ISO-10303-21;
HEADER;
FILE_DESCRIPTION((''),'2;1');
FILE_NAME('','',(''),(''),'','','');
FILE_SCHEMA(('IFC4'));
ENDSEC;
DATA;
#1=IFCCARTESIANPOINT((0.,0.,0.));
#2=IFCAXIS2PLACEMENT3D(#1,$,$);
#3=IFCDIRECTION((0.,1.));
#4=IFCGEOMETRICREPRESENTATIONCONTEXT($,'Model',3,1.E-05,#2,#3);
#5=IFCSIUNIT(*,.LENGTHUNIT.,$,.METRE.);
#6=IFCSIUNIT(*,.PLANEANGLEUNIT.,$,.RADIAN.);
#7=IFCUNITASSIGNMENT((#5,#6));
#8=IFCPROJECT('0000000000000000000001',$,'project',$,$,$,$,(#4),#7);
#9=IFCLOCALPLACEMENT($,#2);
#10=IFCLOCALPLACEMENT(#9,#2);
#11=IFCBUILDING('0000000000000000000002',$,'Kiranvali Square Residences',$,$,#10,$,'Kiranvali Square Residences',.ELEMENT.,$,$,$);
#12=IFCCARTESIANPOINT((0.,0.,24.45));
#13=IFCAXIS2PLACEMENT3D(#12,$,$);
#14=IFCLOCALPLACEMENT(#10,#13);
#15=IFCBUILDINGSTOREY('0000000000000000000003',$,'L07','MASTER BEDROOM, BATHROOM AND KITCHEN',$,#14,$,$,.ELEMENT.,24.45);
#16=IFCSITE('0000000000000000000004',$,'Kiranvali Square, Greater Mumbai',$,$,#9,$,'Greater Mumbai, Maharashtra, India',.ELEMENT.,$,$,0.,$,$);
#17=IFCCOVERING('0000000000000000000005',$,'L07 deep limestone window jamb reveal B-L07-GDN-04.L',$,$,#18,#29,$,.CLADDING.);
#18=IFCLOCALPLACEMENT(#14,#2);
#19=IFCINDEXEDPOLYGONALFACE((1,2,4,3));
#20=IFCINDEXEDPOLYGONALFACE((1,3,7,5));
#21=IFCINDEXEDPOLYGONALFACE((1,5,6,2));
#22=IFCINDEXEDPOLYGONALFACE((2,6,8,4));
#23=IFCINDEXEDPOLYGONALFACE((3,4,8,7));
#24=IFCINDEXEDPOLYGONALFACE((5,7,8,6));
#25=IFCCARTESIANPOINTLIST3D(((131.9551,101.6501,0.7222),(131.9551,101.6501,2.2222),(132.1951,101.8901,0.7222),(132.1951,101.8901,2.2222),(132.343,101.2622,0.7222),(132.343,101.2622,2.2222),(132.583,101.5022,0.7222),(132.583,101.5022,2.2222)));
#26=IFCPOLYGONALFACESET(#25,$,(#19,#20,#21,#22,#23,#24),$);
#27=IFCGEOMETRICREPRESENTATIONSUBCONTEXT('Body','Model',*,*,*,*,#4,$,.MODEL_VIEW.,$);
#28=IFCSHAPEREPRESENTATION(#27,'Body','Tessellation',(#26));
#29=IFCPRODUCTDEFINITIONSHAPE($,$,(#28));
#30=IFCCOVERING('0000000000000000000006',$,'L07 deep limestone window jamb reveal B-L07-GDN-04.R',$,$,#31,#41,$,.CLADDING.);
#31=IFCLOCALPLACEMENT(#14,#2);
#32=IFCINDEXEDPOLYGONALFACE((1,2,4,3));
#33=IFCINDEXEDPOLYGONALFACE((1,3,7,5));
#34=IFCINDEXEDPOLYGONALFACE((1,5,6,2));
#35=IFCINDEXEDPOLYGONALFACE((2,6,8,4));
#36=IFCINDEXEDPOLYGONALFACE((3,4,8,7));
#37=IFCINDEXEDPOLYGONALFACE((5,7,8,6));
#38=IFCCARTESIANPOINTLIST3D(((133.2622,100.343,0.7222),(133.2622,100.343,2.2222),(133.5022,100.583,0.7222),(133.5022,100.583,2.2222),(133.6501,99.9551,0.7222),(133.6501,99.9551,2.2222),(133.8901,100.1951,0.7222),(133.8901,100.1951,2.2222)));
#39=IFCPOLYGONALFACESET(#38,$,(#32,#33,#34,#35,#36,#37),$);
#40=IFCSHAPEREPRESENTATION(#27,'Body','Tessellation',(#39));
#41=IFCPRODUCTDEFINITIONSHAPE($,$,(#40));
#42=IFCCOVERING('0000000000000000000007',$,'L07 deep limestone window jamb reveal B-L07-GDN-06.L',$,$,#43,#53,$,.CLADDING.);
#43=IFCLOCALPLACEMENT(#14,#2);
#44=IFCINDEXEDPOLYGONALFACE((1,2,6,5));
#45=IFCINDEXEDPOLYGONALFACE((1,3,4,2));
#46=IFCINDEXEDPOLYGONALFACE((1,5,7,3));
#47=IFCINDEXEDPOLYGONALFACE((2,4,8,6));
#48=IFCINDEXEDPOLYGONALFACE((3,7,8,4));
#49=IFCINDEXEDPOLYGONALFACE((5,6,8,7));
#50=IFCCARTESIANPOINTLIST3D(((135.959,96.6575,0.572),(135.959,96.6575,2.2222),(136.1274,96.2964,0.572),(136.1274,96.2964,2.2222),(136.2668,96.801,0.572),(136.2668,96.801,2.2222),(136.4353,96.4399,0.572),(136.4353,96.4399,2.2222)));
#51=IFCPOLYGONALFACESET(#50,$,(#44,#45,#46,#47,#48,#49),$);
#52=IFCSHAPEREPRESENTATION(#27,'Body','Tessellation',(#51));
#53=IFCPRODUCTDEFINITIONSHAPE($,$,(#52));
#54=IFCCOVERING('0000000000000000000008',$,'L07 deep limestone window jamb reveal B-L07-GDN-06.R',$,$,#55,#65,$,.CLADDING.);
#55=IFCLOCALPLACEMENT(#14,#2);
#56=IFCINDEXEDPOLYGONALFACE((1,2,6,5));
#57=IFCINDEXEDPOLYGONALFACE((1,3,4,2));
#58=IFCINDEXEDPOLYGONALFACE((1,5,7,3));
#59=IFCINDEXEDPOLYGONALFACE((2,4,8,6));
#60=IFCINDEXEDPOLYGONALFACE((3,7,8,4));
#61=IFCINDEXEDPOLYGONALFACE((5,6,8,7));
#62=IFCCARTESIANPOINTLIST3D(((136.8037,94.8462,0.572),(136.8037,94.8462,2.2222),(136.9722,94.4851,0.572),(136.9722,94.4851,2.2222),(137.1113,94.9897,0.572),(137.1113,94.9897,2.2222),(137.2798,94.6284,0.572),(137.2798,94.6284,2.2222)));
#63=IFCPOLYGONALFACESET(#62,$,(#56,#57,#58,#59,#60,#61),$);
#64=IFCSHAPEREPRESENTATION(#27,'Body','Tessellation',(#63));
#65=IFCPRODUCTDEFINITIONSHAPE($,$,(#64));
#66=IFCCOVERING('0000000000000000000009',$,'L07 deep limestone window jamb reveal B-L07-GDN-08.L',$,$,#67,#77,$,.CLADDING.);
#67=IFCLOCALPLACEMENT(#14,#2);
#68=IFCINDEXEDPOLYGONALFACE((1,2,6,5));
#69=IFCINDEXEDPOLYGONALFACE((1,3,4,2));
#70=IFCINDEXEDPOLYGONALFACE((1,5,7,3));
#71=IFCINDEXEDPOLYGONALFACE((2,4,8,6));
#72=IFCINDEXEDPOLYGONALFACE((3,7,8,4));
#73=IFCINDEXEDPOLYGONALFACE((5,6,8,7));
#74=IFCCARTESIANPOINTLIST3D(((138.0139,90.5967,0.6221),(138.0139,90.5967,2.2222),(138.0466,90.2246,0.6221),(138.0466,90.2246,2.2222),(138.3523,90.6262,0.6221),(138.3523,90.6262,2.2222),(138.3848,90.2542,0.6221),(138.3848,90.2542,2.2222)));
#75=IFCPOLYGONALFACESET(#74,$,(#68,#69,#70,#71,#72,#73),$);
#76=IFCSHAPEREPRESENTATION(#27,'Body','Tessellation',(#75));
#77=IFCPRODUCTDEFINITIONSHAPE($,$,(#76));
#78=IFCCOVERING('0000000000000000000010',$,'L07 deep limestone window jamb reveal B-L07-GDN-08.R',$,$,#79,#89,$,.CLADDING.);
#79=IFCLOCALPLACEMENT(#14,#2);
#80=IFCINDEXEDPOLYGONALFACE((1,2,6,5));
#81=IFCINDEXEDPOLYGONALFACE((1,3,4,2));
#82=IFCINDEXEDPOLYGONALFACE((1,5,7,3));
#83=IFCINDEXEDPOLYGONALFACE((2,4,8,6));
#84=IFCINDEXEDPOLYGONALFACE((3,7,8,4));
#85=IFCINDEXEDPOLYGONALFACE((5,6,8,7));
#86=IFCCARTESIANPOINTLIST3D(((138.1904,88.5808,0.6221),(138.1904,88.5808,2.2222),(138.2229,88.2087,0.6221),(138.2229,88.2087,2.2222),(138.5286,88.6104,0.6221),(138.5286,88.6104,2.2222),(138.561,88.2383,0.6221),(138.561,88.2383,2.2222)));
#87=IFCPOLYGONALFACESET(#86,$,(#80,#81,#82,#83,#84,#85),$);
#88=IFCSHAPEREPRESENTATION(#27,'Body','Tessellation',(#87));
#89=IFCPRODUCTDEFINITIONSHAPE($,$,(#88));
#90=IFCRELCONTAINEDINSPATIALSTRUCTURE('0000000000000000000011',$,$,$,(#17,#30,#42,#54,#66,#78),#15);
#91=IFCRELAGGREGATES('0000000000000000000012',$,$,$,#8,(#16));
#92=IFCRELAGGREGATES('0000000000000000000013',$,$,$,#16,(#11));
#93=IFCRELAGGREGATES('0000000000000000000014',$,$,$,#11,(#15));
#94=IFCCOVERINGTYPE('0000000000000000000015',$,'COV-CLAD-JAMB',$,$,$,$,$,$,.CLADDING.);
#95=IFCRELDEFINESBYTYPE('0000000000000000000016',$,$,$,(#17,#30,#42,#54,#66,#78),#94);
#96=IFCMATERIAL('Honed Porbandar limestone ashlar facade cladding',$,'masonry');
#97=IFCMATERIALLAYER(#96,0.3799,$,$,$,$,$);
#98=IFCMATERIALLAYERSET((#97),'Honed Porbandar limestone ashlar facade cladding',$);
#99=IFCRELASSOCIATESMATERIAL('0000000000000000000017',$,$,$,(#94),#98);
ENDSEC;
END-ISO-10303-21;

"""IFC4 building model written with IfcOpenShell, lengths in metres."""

from ifc_helpers import new_model, si_unit, direction, frame, origin, place, context, subcontext, project, spatial, polyline, outline, extrude, material, layer, layer_set, type_object, element, save


model = new_model("IFC4")

# Units and contexts
model_context = context("Model", 3, precision=1e-05, world=origin(), true_north=direction((0.0, 1.0)))
body_context = subcontext(model_context, "Body", "Model", "MODEL_VIEW")
ifc_project = project(units=[si_unit("LENGTHUNIT", "METRE"), si_unit("PLANEANGLEUNIT", "RADIAN")], contexts=[model_context])

# Site, building, storey
site_placement = place(None, origin())
site = spatial("IfcSite", under=ifc_project, at=site_placement, Name="Kiranvali Square, Greater Mumbai", LongName="Greater Mumbai, Maharashtra, India", CompositionType="ELEMENT", RefElevation=0.0)
building_placement = place(site_placement, origin())
building = spatial("IfcBuilding", under=site, at=building_placement, Name="Kiranvali Square Residences", LongName="Kiranvali Square Residences", CompositionType="ELEMENT")
storey_placement = place(building_placement, frame((0.0, 0.0, 24.45)))
storey = spatial("IfcBuildingStorey", under=building, at=storey_placement, Name="L07", Description="MASTER BEDROOM, BATHROOM AND KITCHEN", CompositionType="ELEMENT", Elevation=24.45)

# Coverings
ifc_material = material(Name="Honed Porbandar limestone ashlar facade cladding", Category="masonry")
ifc_layer = layer(ifc_material, 0.3799)
ifc_layer_set = layer_set([ifc_layer], Name="Honed Porbandar limestone ashlar facade cladding")
covering_type = type_object("IfcCoveringType", Name="COV-CLAD-JAMB", PredefinedType="CLADDING", material=ifc_layer_set)
covering_1_placement = place(storey_placement, frame((0.0, 0.0, 0.7222)))
element("IfcCovering", 1, at=covering_1_placement, inside=storey, type_object=covering_type, Name="L07 deep limestone window jamb reveal B-L07-GDN-04.L", PredefinedType="CLADDING", context=body_context, shape_type="SweptSolid", body=[
    extrude(outline(polyline([(131.9551, 101.6501), (132.343, 101.2622), (132.583, 101.5022), (132.1951, 101.8901), (131.9551, 101.6501)])), origin(), (0.0, 0.0, 1.0), 1.5),
])
covering_2_placement = place(storey_placement, frame((0.0, 0.0, 0.7222)))
element("IfcCovering", 2, at=covering_2_placement, inside=storey, type_object=covering_type, Name="L07 deep limestone window jamb reveal B-L07-GDN-04.R", PredefinedType="CLADDING", context=body_context, shape_type="SweptSolid", body=[
    extrude(outline(polyline([(133.2622, 100.343), (133.6501, 99.9551), (133.8901, 100.1951), (133.5022, 100.583), (133.2622, 100.343)])), origin(), (0.0, 0.0, 1.0), 1.5),
])
covering_3_placement = place(storey_placement, frame((0.0, 0.0, 0.572)))
element("IfcCovering", 3, at=covering_3_placement, inside=storey, type_object=covering_type, Name="L07 deep limestone window jamb reveal B-L07-GDN-06.L", PredefinedType="CLADDING", context=body_context, shape_type="SweptSolid", body=[
    extrude(outline(polyline([(135.959, 96.6575), (136.1274, 96.2964), (136.4353, 96.4399), (136.2668, 96.801), (135.959, 96.6575)])), origin(), (0.0, 0.0, 1.0), 1.6501),
])
covering_4_placement = place(storey_placement, frame((0.0, 0.0, 0.572)))
element("IfcCovering", 4, at=covering_4_placement, inside=storey, type_object=covering_type, Name="L07 deep limestone window jamb reveal B-L07-GDN-06.R", PredefinedType="CLADDING", context=body_context, shape_type="SweptSolid", body=[
    extrude(outline(polyline([(136.8037, 94.8462), (136.9722, 94.4851), (137.2798, 94.6284), (137.1113, 94.9897), (136.8037, 94.8462)])), origin(), (0.0, 0.0, 1.0), 1.6501),
])
covering_5_placement = place(storey_placement, frame((0.0, 0.0, 0.6221)))
element("IfcCovering", 5, at=covering_5_placement, inside=storey, type_object=covering_type, Name="L07 deep limestone window jamb reveal B-L07-GDN-08.L", PredefinedType="CLADDING", context=body_context, shape_type="SweptSolid", body=[
    extrude(outline(polyline([(138.0139, 90.5967), (138.0466, 90.2246), (138.3848, 90.2542), (138.3523, 90.6262), (138.0139, 90.5967)])), origin(), (0.0, 0.0, 1.0), 1.6001),
])
covering_6_placement = place(storey_placement, frame((0.0, 0.0, 0.6221)))
element("IfcCovering", 6, at=covering_6_placement, inside=storey, type_object=covering_type, Name="L07 deep limestone window jamb reveal B-L07-GDN-08.R", PredefinedType="CLADDING", context=body_context, shape_type="SweptSolid", body=[
    extrude(outline(polyline([(138.1904, 88.5808), (138.2229, 88.2087), (138.561, 88.2383), (138.5286, 88.6104), (138.1904, 88.5808)])), origin(), (0.0, 0.0, 1.0), 1.6001),
])

save(model, "model.ifc")
